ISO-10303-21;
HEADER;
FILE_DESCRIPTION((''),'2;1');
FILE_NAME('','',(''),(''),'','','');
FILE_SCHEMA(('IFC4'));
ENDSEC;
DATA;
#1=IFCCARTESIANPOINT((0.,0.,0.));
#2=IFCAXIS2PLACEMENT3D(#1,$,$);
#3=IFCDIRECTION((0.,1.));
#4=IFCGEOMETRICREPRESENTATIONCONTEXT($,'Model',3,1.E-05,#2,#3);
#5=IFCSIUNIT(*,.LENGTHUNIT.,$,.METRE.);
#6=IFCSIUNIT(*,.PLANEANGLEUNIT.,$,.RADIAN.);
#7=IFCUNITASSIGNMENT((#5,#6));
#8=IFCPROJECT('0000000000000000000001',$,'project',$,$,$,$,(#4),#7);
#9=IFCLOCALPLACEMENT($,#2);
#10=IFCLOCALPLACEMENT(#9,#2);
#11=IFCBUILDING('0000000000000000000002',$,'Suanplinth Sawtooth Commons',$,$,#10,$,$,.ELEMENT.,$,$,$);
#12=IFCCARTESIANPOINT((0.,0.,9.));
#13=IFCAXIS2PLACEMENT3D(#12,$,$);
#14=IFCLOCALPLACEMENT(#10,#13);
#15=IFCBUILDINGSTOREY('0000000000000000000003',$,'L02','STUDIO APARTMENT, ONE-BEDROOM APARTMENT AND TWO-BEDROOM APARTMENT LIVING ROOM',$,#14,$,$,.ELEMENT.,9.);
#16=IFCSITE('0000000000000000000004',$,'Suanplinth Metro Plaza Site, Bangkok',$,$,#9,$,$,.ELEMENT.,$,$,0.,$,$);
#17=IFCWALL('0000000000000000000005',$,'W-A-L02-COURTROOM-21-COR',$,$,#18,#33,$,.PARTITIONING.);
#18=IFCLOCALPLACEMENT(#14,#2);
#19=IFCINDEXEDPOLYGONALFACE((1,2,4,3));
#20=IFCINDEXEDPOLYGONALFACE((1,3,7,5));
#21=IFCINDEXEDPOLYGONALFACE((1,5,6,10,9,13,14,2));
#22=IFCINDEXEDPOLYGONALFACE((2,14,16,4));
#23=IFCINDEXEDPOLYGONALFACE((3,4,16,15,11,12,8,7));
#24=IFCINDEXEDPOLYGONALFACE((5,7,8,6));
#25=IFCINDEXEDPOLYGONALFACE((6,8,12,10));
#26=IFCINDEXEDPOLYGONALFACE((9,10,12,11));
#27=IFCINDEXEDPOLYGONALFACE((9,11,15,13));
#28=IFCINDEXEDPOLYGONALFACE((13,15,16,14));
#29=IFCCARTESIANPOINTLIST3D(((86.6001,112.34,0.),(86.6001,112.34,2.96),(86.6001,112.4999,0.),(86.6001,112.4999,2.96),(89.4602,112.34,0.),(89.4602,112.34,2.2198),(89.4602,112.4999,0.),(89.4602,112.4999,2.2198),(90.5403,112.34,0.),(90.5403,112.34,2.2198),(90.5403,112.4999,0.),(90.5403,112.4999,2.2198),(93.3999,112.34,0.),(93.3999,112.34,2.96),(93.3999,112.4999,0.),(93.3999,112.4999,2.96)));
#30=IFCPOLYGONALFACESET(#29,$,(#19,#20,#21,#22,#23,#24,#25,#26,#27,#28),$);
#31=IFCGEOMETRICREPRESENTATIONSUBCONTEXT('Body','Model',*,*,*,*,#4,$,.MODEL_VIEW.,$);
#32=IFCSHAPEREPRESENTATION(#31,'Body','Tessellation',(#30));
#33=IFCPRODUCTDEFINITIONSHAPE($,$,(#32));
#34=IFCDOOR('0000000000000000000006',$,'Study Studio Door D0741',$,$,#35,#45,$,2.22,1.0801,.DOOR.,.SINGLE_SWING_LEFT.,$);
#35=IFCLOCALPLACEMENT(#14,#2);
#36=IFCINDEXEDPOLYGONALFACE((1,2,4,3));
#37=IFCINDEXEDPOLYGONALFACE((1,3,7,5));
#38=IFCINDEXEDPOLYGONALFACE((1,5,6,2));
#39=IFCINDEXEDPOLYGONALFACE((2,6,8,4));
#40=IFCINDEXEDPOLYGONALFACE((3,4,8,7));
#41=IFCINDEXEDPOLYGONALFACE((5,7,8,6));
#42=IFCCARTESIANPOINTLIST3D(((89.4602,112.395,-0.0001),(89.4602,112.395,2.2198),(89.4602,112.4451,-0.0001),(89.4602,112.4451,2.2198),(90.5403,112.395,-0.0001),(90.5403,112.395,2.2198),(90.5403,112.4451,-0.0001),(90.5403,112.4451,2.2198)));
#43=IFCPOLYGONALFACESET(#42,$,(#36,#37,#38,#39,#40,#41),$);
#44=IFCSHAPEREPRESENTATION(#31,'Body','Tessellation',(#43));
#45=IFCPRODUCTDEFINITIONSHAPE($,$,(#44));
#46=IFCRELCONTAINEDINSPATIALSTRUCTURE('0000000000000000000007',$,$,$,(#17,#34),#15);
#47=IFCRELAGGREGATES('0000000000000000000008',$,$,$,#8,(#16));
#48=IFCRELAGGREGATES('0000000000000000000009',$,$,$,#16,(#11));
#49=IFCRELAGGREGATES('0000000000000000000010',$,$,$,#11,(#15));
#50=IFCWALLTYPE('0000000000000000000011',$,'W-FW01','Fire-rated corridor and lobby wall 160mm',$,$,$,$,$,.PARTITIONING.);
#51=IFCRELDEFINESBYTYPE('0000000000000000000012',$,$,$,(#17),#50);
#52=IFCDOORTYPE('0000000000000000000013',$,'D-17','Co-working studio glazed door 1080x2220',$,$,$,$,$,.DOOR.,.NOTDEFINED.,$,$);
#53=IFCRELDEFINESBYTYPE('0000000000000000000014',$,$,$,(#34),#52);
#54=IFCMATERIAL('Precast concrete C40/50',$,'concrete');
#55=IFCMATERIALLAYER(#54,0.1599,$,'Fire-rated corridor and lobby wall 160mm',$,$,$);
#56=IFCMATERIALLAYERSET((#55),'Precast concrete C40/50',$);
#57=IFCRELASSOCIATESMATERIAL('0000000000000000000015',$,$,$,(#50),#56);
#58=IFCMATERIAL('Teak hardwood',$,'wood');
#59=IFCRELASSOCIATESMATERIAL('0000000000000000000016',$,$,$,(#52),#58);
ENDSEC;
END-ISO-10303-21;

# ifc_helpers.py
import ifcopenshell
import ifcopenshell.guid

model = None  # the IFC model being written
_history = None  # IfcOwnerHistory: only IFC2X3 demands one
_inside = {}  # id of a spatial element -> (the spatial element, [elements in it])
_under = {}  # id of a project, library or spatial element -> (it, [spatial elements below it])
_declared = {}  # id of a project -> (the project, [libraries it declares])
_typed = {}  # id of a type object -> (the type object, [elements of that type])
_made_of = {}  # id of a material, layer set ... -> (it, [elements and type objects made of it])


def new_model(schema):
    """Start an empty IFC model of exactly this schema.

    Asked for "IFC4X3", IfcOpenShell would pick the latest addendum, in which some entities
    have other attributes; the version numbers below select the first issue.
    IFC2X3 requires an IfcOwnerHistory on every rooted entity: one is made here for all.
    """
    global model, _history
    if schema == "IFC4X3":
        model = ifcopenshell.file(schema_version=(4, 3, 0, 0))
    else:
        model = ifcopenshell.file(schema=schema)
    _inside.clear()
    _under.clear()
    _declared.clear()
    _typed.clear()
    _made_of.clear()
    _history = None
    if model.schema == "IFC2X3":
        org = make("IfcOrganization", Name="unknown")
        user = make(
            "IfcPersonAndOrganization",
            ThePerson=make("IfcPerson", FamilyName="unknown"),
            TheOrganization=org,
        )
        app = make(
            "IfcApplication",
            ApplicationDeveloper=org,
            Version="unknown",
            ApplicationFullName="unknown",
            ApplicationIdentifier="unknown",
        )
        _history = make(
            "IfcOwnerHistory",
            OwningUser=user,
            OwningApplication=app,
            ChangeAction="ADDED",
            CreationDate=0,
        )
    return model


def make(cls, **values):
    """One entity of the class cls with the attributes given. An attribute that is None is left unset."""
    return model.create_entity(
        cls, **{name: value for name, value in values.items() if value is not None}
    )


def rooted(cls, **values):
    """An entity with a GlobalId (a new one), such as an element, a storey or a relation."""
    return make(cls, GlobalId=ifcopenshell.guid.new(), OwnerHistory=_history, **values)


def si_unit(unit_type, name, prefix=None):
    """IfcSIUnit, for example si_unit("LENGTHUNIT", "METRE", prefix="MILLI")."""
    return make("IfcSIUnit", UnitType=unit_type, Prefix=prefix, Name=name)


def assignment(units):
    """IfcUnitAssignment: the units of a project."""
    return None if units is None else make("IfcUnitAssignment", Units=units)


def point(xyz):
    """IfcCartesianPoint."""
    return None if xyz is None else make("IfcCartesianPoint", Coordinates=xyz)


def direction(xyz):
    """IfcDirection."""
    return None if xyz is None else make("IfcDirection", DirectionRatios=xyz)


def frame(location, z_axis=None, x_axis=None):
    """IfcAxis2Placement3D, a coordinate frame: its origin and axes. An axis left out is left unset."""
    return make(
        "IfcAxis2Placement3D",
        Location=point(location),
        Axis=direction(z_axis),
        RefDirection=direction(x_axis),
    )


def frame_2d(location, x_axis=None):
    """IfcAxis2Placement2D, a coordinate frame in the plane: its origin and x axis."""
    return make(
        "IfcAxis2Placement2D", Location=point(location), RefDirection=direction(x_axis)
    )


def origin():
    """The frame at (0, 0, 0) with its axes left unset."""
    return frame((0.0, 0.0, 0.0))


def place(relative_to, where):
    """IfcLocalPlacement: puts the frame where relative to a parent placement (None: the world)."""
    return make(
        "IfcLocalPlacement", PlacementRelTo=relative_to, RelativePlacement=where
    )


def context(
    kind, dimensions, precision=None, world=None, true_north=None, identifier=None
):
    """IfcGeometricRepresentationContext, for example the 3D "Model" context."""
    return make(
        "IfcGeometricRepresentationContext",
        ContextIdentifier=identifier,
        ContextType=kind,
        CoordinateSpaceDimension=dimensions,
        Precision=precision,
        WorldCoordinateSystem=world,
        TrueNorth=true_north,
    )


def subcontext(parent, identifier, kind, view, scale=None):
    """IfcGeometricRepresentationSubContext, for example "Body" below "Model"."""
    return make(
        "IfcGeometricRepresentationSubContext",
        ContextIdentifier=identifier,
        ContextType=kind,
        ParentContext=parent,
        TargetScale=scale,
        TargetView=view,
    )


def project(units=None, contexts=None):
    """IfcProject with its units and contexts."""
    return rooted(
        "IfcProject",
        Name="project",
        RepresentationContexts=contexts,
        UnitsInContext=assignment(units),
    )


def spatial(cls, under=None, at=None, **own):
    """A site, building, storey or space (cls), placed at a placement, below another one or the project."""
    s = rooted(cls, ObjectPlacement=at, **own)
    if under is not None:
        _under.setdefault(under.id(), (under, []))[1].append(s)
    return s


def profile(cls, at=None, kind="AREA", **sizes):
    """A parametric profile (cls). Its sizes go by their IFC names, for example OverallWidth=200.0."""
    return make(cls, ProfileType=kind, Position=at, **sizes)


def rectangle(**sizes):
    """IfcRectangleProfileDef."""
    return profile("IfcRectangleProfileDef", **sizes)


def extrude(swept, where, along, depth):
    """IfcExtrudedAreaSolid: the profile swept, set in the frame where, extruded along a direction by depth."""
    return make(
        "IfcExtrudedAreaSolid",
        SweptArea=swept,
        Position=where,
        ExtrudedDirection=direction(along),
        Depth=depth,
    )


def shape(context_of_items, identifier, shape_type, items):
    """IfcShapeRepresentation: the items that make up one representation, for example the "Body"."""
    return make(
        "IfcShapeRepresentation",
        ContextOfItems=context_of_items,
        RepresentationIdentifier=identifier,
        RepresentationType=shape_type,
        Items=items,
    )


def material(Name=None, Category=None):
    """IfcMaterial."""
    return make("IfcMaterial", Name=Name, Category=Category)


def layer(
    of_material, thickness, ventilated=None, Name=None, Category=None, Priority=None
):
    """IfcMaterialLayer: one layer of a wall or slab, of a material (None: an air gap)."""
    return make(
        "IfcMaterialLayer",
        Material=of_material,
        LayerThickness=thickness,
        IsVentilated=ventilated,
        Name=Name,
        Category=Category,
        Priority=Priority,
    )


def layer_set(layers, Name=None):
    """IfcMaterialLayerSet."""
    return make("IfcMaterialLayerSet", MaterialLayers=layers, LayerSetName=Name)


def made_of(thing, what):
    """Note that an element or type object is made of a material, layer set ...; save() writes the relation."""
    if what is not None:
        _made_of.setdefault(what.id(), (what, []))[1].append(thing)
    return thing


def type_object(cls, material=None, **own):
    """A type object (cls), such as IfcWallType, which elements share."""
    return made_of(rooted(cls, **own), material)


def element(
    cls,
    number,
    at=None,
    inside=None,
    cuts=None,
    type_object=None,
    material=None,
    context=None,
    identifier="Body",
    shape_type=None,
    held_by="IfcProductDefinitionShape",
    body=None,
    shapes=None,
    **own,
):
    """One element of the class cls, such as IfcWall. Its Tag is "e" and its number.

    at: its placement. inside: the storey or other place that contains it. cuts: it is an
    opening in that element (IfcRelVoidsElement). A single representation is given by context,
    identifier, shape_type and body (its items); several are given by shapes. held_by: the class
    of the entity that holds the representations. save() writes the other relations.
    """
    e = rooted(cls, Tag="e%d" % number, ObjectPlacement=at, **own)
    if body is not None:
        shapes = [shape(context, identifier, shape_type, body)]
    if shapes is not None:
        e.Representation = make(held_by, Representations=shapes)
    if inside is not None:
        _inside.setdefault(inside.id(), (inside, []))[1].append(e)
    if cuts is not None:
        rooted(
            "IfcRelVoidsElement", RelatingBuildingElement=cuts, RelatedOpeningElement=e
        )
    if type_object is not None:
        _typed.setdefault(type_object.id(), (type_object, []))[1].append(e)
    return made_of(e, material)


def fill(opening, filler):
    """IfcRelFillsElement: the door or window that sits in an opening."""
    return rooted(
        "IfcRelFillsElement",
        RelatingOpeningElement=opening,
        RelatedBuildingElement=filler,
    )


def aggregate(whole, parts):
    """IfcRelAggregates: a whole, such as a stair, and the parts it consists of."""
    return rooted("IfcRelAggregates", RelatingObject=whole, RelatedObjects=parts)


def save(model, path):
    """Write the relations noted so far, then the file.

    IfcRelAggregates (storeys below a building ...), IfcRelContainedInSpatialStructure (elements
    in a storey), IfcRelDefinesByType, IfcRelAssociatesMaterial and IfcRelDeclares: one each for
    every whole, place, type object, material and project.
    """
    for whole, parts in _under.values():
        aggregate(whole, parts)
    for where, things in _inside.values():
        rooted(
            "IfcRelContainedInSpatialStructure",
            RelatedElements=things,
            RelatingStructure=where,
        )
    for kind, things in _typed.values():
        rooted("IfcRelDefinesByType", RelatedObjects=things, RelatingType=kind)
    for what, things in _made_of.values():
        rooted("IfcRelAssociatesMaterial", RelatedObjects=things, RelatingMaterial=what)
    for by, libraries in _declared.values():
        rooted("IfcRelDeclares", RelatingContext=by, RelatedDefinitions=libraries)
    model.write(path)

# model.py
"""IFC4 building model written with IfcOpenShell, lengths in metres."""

from ifc_helpers import new_model, si_unit, direction, frame, frame_2d, origin, place, context, subcontext, project, spatial, rectangle, extrude, material, layer, layer_set, type_object, element, fill, save


model = new_model("IFC4")

# Units and contexts
model_context = context("Model", 3, precision=1e-05, world=origin(), true_north=direction((0.0, 1.0)))
body_context = subcontext(model_context, "Body", "Model", "MODEL_VIEW")
ifc_project = project(units=[si_unit("LENGTHUNIT", "METRE"), si_unit("PLANEANGLEUNIT", "RADIAN")], contexts=[model_context])

# Site, building, storey
site_placement = place(None, origin())
site = spatial("IfcSite", under=ifc_project, at=site_placement, Name="Suanplinth Metro Plaza Site, Bangkok", CompositionType="ELEMENT", RefElevation=0.0)
building_placement = place(site_placement, origin())
building = spatial("IfcBuilding", under=site, at=building_placement, Name="Suanplinth Sawtooth Commons", CompositionType="ELEMENT")
storey_placement = place(building_placement, frame((0.0, 0.0, 9.0)))
storey = spatial("IfcBuildingStorey", under=building, at=storey_placement, Name="L02", Description="STUDIO APARTMENT, ONE-BEDROOM APARTMENT AND TWO-BEDROOM APARTMENT LIVING ROOM", CompositionType="ELEMENT", Elevation=9.0)

# Shared definitions
ifc_material_1 = material(Name="Precast concrete C40/50", Category="concrete")

# Shared definitions
ifc_layer_1 = layer(ifc_material_1, 0.1599, Name="Fire-rated corridor and lobby wall 160mm")
ifc_layer_set_1 = layer_set([ifc_layer_1], Name="Precast concrete C40/50")
wall_type_1 = type_object("IfcWallType", Name="W-FW01", Description="Fire-rated corridor and lobby wall 160mm", PredefinedType="PARTITIONING", material=ifc_layer_set_1)

# Wall, opening, door
wall_1_placement = place(storey_placement, frame((86.6001, 112.4199, 0.0), z_axis=(0.0, 0.0, 1.0), x_axis=(1.0, 0.0, 0.0)))
wall_1 = element("IfcWall", 1, at=wall_1_placement, inside=storey, type_object=wall_type_1, Name="W-A-L02-COURTROOM-21-COR", PredefinedType="PARTITIONING", context=body_context, shape_type="SweptSolid", body=[
    extrude(rectangle(XDim=6.7998, YDim=0.1599, at=frame_2d((3.3999, 0.0))), origin(), (0.0, 0.0, 1.0), 2.96),
])
opening_1_placement = place(wall_1_placement, frame((2.8601, 0.0, 0.0)))
opening_1 = element("IfcOpeningElement", 2, at=opening_1_placement, cuts=wall_1, PredefinedType="OPENING", context=body_context, shape_type="SweptSolid", body=[
    extrude(rectangle(XDim=1.0801, YDim=2.22, at=frame_2d((0.54, 1.1099))), frame((0.0, 0.0947, 0.0), z_axis=(0.0, -1.0, 0.0), x_axis=(1.0, 0.0, 0.0)), (0.0, 0.0, 1.0), 0.1897),
])
ifc_material_2 = material(Name="Teak hardwood", Category="wood")
door_type_1 = type_object("IfcDoorType", Name="D-17", Description="Co-working studio glazed door 1080x2220", OperationType="NOTDEFINED", PredefinedType="DOOR", material=ifc_material_2)
door_1_placement = place(opening_1_placement, frame((1.0801, 0.0, 0.0), z_axis=(0.0, 0.0, 1.0), x_axis=(-1.0, 0.0, 0.0)))
door_1 = element("IfcDoor", 3, at=door_1_placement, inside=storey, type_object=door_type_1, Name="Study Studio Door D0741", OperationType="SINGLE_SWING_LEFT", OverallHeight=2.22, OverallWidth=1.0801, PredefinedType="DOOR", context=body_context, shape_type="SweptSolid", body=[
    extrude(rectangle(XDim=1.0801, YDim=2.22, at=frame_2d((0.54, 1.1099))), frame((0.0, 0.0249, 0.0), z_axis=(0.0, -1.0, 0.0), x_axis=(1.0, 0.0, 0.0)), (0.0, 0.0, 1.0), 0.05),
])
fill(opening_1, door_1)

save(model, "model.ifc")
